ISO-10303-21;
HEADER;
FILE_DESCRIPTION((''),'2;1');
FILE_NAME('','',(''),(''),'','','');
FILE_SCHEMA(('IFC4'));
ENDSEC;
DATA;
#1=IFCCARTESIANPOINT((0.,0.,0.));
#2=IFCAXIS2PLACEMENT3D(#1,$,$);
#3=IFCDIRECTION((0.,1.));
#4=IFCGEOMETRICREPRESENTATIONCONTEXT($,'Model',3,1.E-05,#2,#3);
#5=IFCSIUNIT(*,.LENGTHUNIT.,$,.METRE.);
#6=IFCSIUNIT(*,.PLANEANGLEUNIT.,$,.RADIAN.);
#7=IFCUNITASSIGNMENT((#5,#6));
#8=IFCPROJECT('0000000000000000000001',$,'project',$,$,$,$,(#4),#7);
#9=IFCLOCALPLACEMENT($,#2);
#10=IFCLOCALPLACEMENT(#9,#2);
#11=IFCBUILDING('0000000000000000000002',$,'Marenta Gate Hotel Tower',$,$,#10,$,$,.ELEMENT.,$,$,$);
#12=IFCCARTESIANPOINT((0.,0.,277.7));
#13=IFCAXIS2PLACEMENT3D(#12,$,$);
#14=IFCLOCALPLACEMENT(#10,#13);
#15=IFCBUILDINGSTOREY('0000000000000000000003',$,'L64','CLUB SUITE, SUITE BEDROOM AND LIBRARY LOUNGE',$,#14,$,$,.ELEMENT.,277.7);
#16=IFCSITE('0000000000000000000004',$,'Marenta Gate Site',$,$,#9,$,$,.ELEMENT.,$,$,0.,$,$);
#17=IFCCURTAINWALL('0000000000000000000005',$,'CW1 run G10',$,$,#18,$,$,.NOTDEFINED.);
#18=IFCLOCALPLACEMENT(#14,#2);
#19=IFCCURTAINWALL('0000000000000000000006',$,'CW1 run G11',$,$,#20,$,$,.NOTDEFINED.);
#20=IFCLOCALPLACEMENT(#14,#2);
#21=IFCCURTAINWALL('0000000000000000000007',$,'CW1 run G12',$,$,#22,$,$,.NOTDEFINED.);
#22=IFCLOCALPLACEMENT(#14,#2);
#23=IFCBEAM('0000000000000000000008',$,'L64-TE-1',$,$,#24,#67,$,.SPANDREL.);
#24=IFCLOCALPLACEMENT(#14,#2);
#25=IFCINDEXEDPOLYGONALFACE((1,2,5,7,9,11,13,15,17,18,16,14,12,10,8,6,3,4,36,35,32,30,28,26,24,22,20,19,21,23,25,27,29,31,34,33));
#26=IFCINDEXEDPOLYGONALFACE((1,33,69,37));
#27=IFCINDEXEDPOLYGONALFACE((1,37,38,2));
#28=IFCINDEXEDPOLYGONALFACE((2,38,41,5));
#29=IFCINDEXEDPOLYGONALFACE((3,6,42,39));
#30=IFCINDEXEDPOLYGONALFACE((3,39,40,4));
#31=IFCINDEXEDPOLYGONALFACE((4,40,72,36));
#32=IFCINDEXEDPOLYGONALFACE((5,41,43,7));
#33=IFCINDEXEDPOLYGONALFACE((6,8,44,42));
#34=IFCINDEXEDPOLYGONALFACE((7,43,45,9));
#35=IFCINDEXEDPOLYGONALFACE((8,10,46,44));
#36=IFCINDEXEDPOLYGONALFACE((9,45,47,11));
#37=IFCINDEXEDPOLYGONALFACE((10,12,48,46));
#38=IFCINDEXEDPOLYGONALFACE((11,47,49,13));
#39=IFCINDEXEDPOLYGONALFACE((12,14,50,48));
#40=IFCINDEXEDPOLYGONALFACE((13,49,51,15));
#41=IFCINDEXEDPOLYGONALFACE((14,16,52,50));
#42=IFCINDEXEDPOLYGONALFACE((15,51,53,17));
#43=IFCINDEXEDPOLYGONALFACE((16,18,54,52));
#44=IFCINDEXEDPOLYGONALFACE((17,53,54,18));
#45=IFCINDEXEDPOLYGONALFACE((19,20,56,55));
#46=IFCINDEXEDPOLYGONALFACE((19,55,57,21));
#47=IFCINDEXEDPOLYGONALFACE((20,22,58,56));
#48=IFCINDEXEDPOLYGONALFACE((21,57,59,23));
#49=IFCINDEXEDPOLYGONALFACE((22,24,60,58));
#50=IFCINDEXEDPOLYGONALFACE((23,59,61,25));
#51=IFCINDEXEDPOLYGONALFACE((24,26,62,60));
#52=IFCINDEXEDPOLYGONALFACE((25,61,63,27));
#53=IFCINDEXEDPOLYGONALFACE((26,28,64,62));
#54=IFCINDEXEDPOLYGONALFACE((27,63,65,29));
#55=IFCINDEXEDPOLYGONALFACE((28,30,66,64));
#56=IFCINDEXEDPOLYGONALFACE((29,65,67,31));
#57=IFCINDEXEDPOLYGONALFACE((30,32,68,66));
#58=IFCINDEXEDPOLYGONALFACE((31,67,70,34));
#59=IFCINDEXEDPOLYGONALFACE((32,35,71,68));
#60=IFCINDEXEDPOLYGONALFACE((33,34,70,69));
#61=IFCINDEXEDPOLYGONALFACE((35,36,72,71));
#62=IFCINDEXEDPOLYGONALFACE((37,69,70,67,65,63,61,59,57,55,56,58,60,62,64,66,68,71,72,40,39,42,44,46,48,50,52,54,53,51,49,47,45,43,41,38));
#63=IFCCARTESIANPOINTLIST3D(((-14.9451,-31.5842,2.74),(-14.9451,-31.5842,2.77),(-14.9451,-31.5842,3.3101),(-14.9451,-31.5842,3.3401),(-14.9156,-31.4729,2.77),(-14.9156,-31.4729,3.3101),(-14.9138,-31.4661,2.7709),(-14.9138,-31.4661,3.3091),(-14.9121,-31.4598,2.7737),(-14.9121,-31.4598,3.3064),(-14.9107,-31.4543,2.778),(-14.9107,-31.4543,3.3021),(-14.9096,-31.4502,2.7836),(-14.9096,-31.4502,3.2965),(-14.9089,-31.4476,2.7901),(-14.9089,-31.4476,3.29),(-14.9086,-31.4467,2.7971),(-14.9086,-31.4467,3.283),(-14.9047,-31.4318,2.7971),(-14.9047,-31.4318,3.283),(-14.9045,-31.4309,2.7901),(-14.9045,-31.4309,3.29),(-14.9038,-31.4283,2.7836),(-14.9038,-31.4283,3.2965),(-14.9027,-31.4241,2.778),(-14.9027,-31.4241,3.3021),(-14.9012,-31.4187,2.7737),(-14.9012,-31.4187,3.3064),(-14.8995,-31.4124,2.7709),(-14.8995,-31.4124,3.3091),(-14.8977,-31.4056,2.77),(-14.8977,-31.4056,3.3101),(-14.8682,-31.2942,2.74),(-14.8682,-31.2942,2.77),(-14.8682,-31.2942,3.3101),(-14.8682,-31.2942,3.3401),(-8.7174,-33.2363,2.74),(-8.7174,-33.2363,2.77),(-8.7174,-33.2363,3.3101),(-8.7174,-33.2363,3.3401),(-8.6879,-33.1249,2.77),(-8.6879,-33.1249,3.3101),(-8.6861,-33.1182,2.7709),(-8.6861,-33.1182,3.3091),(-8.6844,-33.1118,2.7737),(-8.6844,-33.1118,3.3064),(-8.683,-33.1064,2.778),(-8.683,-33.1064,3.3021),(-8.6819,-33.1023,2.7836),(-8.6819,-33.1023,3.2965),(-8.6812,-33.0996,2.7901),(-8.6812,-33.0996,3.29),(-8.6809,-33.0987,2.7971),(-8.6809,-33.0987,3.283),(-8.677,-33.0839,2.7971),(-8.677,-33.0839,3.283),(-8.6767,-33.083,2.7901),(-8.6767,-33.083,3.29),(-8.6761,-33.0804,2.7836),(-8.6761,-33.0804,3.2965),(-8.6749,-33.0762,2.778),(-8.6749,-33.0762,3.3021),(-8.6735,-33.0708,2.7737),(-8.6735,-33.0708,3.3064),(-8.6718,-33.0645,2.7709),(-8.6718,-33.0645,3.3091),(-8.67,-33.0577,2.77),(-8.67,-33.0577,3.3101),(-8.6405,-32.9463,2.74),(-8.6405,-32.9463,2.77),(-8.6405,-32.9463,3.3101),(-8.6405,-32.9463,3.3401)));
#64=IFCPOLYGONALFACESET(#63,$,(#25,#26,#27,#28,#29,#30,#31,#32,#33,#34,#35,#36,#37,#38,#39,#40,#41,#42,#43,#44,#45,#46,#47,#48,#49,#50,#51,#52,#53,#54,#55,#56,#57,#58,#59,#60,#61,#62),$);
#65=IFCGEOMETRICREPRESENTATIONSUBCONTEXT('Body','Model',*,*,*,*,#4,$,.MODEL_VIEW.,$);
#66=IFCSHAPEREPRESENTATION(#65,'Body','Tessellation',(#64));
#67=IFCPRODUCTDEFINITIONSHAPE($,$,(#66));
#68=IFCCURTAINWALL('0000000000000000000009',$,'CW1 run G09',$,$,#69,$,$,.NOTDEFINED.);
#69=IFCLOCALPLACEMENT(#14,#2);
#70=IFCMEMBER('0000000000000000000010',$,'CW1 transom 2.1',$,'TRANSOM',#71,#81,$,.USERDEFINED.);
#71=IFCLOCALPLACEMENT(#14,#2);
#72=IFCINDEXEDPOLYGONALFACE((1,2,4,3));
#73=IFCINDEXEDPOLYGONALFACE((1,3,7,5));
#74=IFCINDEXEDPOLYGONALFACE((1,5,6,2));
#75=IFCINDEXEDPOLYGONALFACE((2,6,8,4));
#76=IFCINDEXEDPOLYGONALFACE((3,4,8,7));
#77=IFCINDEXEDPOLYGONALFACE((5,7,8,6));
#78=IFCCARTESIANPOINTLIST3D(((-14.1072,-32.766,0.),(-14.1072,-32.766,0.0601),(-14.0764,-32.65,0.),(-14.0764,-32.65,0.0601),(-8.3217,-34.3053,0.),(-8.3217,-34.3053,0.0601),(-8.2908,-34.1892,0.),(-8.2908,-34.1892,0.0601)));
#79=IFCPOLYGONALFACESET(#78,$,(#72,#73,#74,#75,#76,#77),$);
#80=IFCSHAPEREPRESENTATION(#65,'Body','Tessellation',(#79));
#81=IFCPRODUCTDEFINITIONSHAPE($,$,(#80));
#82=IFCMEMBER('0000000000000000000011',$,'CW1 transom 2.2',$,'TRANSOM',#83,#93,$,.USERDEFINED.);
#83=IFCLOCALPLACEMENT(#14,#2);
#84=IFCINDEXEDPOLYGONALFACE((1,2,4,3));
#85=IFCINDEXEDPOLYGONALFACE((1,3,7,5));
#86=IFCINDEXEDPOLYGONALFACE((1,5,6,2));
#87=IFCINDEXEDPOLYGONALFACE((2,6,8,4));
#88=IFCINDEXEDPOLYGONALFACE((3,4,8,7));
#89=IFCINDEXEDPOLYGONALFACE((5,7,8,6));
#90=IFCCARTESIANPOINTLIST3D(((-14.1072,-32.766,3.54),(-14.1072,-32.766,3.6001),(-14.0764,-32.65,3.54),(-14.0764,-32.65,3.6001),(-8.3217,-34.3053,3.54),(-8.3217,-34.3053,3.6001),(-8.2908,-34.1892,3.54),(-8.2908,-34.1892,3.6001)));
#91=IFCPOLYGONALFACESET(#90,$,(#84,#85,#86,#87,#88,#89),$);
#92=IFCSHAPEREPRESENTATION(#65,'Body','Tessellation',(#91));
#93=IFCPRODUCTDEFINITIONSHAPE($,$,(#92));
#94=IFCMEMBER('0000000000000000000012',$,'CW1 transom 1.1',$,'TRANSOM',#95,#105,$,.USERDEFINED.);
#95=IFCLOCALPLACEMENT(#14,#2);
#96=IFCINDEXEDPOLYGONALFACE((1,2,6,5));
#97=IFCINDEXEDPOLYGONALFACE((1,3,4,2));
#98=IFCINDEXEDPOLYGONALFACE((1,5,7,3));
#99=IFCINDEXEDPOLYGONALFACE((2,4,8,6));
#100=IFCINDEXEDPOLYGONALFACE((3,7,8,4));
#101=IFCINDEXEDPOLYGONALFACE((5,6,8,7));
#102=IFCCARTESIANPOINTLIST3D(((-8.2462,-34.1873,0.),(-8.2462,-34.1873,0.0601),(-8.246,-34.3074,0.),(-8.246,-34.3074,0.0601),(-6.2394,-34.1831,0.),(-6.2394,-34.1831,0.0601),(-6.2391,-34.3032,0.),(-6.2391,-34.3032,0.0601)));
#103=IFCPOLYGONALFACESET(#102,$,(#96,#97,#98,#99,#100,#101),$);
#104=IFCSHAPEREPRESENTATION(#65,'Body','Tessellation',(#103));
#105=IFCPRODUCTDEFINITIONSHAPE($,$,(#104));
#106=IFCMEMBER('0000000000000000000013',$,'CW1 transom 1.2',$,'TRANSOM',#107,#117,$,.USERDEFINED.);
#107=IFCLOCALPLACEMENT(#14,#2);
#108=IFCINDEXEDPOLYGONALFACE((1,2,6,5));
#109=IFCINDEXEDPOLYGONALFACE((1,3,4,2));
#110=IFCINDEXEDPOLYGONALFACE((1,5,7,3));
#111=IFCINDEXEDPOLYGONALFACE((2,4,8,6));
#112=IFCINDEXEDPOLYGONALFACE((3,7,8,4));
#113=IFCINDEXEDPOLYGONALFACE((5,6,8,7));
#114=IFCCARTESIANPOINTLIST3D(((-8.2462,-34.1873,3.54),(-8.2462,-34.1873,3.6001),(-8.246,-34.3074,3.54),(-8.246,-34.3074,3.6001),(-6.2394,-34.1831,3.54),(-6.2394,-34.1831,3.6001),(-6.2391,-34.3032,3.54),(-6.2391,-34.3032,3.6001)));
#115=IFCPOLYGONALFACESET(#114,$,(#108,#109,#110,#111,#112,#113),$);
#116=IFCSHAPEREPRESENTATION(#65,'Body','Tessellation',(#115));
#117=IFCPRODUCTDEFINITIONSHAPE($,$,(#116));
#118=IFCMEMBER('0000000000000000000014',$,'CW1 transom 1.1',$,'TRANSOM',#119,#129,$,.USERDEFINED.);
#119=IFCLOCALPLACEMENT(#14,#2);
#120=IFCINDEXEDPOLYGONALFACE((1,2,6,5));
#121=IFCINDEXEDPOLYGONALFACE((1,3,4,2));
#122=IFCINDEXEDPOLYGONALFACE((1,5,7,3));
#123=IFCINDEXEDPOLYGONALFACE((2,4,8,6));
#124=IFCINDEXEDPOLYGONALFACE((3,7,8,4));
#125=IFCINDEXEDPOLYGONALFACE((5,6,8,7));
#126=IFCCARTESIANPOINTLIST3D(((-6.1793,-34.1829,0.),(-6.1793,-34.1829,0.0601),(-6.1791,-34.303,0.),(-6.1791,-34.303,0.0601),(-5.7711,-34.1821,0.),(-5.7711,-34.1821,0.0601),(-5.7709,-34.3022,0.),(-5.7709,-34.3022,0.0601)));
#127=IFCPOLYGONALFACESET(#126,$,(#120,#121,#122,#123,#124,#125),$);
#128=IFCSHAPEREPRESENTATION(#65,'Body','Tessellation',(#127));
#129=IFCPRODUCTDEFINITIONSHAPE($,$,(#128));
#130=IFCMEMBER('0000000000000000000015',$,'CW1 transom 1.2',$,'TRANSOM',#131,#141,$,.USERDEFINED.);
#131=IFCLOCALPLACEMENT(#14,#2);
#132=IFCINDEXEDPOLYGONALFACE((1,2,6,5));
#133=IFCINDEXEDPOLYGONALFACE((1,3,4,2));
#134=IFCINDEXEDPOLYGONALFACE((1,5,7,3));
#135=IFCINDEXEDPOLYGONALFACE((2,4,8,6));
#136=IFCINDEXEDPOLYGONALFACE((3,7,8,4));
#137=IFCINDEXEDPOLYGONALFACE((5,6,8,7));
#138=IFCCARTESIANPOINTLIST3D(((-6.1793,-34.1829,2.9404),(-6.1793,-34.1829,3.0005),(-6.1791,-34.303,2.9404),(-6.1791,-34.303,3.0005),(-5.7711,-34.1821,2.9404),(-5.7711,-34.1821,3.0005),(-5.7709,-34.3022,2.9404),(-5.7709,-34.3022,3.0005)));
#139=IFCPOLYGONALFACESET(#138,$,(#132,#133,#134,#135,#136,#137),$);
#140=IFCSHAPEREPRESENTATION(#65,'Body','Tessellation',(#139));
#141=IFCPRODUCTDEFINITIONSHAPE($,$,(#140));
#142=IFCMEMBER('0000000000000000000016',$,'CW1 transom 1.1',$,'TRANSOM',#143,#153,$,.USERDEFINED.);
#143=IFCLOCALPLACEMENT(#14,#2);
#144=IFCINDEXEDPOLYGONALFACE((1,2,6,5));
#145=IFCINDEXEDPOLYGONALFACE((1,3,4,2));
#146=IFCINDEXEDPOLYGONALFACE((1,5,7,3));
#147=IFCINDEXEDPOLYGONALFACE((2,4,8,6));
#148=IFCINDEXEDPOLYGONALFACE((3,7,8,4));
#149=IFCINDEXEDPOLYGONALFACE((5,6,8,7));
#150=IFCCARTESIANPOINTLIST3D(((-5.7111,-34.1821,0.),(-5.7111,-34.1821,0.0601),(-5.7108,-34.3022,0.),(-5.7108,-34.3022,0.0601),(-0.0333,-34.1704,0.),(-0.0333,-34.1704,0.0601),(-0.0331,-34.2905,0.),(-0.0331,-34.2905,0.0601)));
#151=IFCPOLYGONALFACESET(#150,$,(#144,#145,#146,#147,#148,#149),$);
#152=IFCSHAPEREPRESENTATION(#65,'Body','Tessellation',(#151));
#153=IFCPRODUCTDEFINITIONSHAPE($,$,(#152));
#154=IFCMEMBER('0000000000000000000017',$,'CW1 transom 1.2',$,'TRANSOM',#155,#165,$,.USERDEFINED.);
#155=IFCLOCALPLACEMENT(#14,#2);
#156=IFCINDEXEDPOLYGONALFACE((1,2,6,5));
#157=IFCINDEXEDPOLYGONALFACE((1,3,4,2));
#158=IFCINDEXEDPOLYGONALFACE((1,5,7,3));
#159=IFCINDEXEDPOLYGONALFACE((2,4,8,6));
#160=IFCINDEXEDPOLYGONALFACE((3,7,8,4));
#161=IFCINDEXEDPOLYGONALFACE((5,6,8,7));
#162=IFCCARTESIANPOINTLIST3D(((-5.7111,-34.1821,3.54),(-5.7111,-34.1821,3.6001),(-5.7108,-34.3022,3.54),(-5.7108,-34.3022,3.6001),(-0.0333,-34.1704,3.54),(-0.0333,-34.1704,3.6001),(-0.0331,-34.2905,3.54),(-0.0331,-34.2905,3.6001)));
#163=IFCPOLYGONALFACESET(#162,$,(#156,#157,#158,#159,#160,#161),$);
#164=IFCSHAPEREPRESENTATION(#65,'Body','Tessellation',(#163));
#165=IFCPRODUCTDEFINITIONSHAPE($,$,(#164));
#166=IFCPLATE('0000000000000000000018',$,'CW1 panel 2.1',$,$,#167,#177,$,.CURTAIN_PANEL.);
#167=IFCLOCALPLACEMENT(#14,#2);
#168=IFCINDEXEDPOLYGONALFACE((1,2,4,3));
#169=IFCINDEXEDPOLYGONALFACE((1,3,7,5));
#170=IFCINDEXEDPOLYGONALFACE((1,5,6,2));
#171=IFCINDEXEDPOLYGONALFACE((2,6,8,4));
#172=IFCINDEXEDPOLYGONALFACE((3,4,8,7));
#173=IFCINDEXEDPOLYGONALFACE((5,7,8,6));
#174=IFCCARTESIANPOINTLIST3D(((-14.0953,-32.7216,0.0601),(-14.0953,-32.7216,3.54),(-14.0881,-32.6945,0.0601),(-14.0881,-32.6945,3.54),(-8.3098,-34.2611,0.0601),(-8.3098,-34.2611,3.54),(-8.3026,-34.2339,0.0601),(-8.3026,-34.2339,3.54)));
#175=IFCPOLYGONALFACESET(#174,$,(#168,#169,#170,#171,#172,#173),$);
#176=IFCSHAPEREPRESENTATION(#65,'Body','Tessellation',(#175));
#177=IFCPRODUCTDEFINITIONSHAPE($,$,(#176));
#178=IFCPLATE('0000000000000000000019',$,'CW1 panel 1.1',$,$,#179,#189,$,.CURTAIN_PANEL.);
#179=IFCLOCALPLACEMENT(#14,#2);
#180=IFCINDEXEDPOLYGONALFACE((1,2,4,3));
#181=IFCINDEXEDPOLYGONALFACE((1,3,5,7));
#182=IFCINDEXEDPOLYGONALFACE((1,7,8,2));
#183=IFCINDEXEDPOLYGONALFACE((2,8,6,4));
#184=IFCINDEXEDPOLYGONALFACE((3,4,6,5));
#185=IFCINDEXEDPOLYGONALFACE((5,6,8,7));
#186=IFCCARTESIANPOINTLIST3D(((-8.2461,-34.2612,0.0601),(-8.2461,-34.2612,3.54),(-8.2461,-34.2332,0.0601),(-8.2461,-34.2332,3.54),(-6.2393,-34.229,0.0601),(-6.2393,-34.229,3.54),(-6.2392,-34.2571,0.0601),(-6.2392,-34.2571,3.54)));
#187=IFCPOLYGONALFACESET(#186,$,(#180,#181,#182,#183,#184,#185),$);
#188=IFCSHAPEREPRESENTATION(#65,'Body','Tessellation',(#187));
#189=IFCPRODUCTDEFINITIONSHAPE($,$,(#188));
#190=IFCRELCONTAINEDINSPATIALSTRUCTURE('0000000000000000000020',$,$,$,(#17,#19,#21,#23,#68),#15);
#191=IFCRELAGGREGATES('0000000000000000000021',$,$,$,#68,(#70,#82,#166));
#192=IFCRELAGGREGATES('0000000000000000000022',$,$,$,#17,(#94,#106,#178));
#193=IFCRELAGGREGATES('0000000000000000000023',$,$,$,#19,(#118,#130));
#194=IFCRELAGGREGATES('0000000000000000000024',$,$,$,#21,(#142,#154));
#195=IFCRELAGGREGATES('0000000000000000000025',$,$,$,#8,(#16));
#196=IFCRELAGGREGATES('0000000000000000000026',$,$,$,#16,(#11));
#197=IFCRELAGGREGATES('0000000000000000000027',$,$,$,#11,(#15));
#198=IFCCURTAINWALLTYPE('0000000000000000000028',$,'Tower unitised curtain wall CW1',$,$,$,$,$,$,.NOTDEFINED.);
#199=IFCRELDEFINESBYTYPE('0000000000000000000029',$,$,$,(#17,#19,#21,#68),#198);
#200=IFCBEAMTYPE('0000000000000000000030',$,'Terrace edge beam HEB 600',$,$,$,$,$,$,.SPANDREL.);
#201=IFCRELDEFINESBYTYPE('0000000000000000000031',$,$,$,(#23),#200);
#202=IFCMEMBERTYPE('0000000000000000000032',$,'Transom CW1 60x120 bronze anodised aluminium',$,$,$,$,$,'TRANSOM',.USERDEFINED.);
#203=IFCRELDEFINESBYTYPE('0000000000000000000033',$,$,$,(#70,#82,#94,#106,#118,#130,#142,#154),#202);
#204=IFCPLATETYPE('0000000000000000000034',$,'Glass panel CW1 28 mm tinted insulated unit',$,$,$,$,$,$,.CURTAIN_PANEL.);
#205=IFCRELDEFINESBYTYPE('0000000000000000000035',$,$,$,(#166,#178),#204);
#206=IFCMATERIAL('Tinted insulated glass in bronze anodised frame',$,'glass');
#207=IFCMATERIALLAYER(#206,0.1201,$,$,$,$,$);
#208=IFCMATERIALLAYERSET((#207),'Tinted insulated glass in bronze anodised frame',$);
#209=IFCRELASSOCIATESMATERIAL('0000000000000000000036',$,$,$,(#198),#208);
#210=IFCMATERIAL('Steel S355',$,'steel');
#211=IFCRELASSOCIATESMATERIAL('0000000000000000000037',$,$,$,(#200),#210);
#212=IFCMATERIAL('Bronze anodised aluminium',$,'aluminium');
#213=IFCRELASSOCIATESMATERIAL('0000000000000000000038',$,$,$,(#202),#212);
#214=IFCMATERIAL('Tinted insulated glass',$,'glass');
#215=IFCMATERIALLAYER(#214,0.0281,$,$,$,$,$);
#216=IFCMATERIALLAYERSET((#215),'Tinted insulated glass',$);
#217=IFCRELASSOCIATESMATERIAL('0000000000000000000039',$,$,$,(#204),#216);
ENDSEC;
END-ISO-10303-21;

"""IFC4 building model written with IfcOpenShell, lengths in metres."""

from ifc_helpers import new_model, si_unit, direction, frame, origin, origin_2d, place, context, subcontext, project, spatial, rectangle, i_section, extrude, material, layer, layer_set, material_profile, profile_set, type_object, element, aggregate, save


model = new_model("IFC4")

# Units and contexts
model_context = context("Model", 3, precision=1e-05, world=origin(), true_north=direction((0.0, 1.0)))
body_context = subcontext(model_context, "Body", "Model", "MODEL_VIEW")
ifc_project = project(units=[si_unit("LENGTHUNIT", "METRE"), si_unit("PLANEANGLEUNIT", "RADIAN")], contexts=[model_context])

# Site, building, storey
site_placement = place(None, origin())
site = spatial("IfcSite", under=ifc_project, at=site_placement, Name="Marenta Gate Site", CompositionType="ELEMENT", RefElevation=0.0)
building_placement = place(site_placement, origin())
building = spatial("IfcBuilding", under=site, at=building_placement, Name="Marenta Gate Hotel Tower", CompositionType="ELEMENT")
storey_placement = place(building_placement, frame((0.0, 0.0, 277.7)))
storey = spatial("IfcBuildingStorey", under=building, at=storey_placement, Name="L64", Description="CLUB SUITE, SUITE BEDROOM AND LIBRARY LOUNGE", CompositionType="ELEMENT", Elevation=277.7)

# Curtain walls
ifc_material_1 = material(Name="Tinted insulated glass in bronze anodised frame", Category="glass")
ifc_layer_1 = layer(ifc_material_1, 0.1201)
ifc_layer_set_1 = layer_set([ifc_layer_1], Name="Tinted insulated glass in bronze anodised frame")
curtain_wall_type = type_object("IfcCurtainWallType", Name="Tower unitised curtain wall CW1", PredefinedType="NOTDEFINED", material=ifc_layer_set_1)
curtain_wall_1_placement = place(storey_placement, origin())
curtain_wall_1 = element("IfcCurtainWall", 1, at=curtain_wall_1_placement, inside=storey, type_object=curtain_wall_type, Name="CW1 run G10", PredefinedType="NOTDEFINED")
curtain_wall_2_placement = place(storey_placement, origin())
curtain_wall_2 = element("IfcCurtainWall", 2, at=curtain_wall_2_placement, inside=storey, type_object=curtain_wall_type, Name="CW1 run G11", PredefinedType="NOTDEFINED")
curtain_wall_3_placement = place(storey_placement, origin())
curtain_wall_3 = element("IfcCurtainWall", 3, at=curtain_wall_3_placement, inside=storey, type_object=curtain_wall_type, Name="CW1 run G12", PredefinedType="NOTDEFINED")

# Beam
ifc_material_2 = material(Name="Steel S355", Category="steel")
ifc_material_profile_1 = material_profile(ifc_material_2, i_section(OverallWidth=0.3, OverallDepth=0.6001, WebThickness=0.0154, FlangeThickness=0.03, FilletRadius=0.0271, at=origin_2d()), Name="HEB 600")
ifc_profile_set_1 = profile_set([ifc_material_profile_1], Name="Steel S355")
beam_type_1 = type_object("IfcBeamType", Name="Terrace edge beam HEB 600", PredefinedType="SPANDREL", material=ifc_profile_set_1)
beam_1_placement = place(storey_placement, frame((-8.679, -33.0913, 3.04), z_axis=(-0.966568, 0.25641, 0.0), x_axis=(-0.25641, -0.966568, 0.0)))
element("IfcBeam", 4, at=beam_1_placement, inside=storey, type_object=beam_type_1, Name="L64-TE-1", PredefinedType="SPANDREL", context=body_context, shape_type="SweptSolid", body=[
    extrude(i_section(OverallWidth=0.3, OverallDepth=0.6001, WebThickness=0.0154, FlangeThickness=0.03, FilletRadius=0.0271, at=origin_2d()), origin(), (0.0, 0.0, 1.0), 6.4431),
])

# Curtain wall, members
curtain_wall_4_placement = place(storey_placement, origin())
curtain_wall_4 = element("IfcCurtainWall", 5, at=curtain_wall_4_placement, inside=storey, type_object=curtain_wall_type, Name="CW1 run G09", PredefinedType="NOTDEFINED")
ifc_material_3 = material(Name="Bronze anodised aluminium", Category="aluminium")
ifc_material_profile_2 = material_profile(ifc_material_3, rectangle(XDim=0.1201, YDim=0.0601, at=origin_2d()), Name="Transom CW1 60x120 bronze anodised aluminium")
ifc_profile_set_2 = profile_set([ifc_material_profile_2], Name="Bronze anodised aluminium")
member_type_1 = type_object("IfcMemberType", Name="Transom CW1 60x120 bronze anodised aluminium", ElementType="TRANSOM", PredefinedType="USERDEFINED", material=ifc_profile_set_2)
member_1_placement = place(storey_placement, frame((-14.0918, -32.708, 0.03), z_axis=(0.966382, -0.257112, 0.0), x_axis=(0.257112, 0.966382, 0.0)))
member_1 = element("IfcMember", 6, at=member_1_placement, type_object=member_type_1, Name="CW1 transom 2.1", ObjectType="TRANSOM", PredefinedType="USERDEFINED", context=body_context, shape_type="SweptSolid", body=[
    extrude(rectangle(XDim=0.1201, YDim=0.0601, at=origin_2d()), origin(), (0.0, 0.0, 1.0), 5.9868),
])
member_2_placement = place(storey_placement, frame((-14.0918, -32.708, 3.5701), z_axis=(0.966382, -0.257112, 0.0), x_axis=(0.257112, 0.966382, 0.0)))
member_2 = element("IfcMember", 7, at=member_2_placement, type_object=member_type_1, Name="CW1 transom 2.2", ObjectType="TRANSOM", PredefinedType="USERDEFINED", context=body_context, shape_type="SweptSolid", body=[
    extrude(rectangle(XDim=0.1201, YDim=0.0601, at=origin_2d()), origin(), (0.0, 0.0, 1.0), 5.9868),
])

# Members
member_3_placement = place(storey_placement, frame((-8.2461, -34.2473, 0.03), z_axis=(0.999998, 0.002068, 0.0), x_axis=(-0.002068, 0.999998, 0.0)))
member_3 = element("IfcMember", 8, at=member_3_placement, type_object=member_type_1, Name="CW1 transom 1.1", ObjectType="TRANSOM", PredefinedType="USERDEFINED", context=body_context, shape_type="SweptSolid", body=[
    extrude(rectangle(XDim=0.1201, YDim=0.0601, at=origin_2d()), origin(), (0.0, 0.0, 1.0), 2.0068),
])
member_4_placement = place(storey_placement, frame((-8.2461, -34.2473, 3.5701), z_axis=(0.999998, 0.002068, 0.0), x_axis=(-0.002068, 0.999998, 0.0)))
member_4 = element("IfcMember", 9, at=member_4_placement, type_object=member_type_1, Name="CW1 transom 1.2", ObjectType="TRANSOM", PredefinedType="USERDEFINED", context=body_context, shape_type="SweptSolid", body=[
    extrude(rectangle(XDim=0.1201, YDim=0.0601, at=origin_2d()), origin(), (0.0, 0.0, 1.0), 2.0068),
])
member_5_placement = place(storey_placement, frame((-6.1792, -34.2429, 0.03), z_axis=(0.999998, 0.001794, 0.0), x_axis=(-0.001794, 0.999998, 0.0)))
member_5 = element("IfcMember", 10, at=member_5_placement, type_object=member_type_1, Name="CW1 transom 1.1", ObjectType="TRANSOM", PredefinedType="USERDEFINED", context=body_context, shape_type="SweptSolid", body=[
    extrude(rectangle(XDim=0.1201, YDim=0.0601, at=origin_2d()), origin(), (0.0, 0.0, 1.0), 0.4082),
])
member_6_placement = place(storey_placement, frame((-6.1792, -34.2429, 2.9705), z_axis=(0.999998, 0.001794, 0.0), x_axis=(-0.001794, 0.999998, 0.0)))
member_6 = element("IfcMember", 11, at=member_6_placement, type_object=member_type_1, Name="CW1 transom 1.2", ObjectType="TRANSOM", PredefinedType="USERDEFINED", context=body_context, shape_type="SweptSolid", body=[
    extrude(rectangle(XDim=0.1201, YDim=0.0601, at=origin_2d()), origin(), (0.0, 0.0, 1.0), 0.4082),
])
member_7_placement = place(storey_placement, frame((-5.7109, -34.2422, 0.03), z_axis=(0.999998, 0.002064, 0.0), x_axis=(-0.002064, 0.999998, 0.0)))
member_7 = element("IfcMember", 12, at=member_7_placement, type_object=member_type_1, Name="CW1 transom 1.1", ObjectType="TRANSOM", PredefinedType="USERDEFINED", context=body_context, shape_type="SweptSolid", body=[
    extrude(rectangle(XDim=0.1201, YDim=0.0601, at=origin_2d()), origin(), (0.0, 0.0, 1.0), 5.6777),
])
member_8_placement = place(storey_placement, frame((-5.7109, -34.2422, 3.5701), z_axis=(0.999998, 0.002064, 0.0), x_axis=(-0.002064, 0.999998, 0.0)))
member_8 = element("IfcMember", 13, at=member_8_placement, type_object=member_type_1, Name="CW1 transom 1.2", ObjectType="TRANSOM", PredefinedType="USERDEFINED", context=body_context, shape_type="SweptSolid", body=[
    extrude(rectangle(XDim=0.1201, YDim=0.0601, at=origin_2d()), origin(), (0.0, 0.0, 1.0), 5.6777),
])

# Plates
ifc_material_4 = material(Name="Tinted insulated glass", Category="glass")
ifc_layer_2 = layer(ifc_material_4, 0.0281)
ifc_layer_set_2 = layer_set([ifc_layer_2], Name="Tinted insulated glass")
plate_type = type_object("IfcPlateType", Name="Glass panel CW1 28 mm tinted insulated unit", PredefinedType="CURTAIN_PANEL", material=ifc_layer_set_2)
plate_1_placement = place(storey_placement, frame((-11.199, -33.4778, 0.0601), z_axis=(0.0, 0.0, 1.0), x_axis=(0.966376, -0.257134, 0.0)))
plate_1 = element("IfcPlate", 14, at=plate_1_placement, type_object=plate_type, Name="CW1 panel 2.1", PredefinedType="CURTAIN_PANEL", context=body_context, shape_type="SweptSolid", body=[
    extrude(rectangle(XDim=5.9868, YDim=0.0281, at=origin_2d()), origin(), (0.0, 0.0, 1.0), 3.48),
])
aggregate(curtain_wall_4, [member_1, member_2, plate_1])
plate_2_placement = place(storey_placement, frame((-7.2427, -34.2451, 0.0601), z_axis=(0.0, 0.0, 1.0), x_axis=(0.999998, 0.00208, 0.0)))
plate_2 = element("IfcPlate", 15, at=plate_2_placement, type_object=plate_type, Name="CW1 panel 1.1", PredefinedType="CURTAIN_PANEL", context=body_context, shape_type="SweptSolid", body=[
    extrude(rectangle(XDim=2.0068, YDim=0.0281, at=origin_2d()), origin(), (0.0, 0.0, 1.0), 3.48),
])
aggregate(curtain_wall_1, [member_3, member_4, plate_2])
aggregate(curtain_wall_2, [member_5, member_6])
aggregate(curtain_wall_3, [member_7, member_8])

save(model, "model.ifc")
